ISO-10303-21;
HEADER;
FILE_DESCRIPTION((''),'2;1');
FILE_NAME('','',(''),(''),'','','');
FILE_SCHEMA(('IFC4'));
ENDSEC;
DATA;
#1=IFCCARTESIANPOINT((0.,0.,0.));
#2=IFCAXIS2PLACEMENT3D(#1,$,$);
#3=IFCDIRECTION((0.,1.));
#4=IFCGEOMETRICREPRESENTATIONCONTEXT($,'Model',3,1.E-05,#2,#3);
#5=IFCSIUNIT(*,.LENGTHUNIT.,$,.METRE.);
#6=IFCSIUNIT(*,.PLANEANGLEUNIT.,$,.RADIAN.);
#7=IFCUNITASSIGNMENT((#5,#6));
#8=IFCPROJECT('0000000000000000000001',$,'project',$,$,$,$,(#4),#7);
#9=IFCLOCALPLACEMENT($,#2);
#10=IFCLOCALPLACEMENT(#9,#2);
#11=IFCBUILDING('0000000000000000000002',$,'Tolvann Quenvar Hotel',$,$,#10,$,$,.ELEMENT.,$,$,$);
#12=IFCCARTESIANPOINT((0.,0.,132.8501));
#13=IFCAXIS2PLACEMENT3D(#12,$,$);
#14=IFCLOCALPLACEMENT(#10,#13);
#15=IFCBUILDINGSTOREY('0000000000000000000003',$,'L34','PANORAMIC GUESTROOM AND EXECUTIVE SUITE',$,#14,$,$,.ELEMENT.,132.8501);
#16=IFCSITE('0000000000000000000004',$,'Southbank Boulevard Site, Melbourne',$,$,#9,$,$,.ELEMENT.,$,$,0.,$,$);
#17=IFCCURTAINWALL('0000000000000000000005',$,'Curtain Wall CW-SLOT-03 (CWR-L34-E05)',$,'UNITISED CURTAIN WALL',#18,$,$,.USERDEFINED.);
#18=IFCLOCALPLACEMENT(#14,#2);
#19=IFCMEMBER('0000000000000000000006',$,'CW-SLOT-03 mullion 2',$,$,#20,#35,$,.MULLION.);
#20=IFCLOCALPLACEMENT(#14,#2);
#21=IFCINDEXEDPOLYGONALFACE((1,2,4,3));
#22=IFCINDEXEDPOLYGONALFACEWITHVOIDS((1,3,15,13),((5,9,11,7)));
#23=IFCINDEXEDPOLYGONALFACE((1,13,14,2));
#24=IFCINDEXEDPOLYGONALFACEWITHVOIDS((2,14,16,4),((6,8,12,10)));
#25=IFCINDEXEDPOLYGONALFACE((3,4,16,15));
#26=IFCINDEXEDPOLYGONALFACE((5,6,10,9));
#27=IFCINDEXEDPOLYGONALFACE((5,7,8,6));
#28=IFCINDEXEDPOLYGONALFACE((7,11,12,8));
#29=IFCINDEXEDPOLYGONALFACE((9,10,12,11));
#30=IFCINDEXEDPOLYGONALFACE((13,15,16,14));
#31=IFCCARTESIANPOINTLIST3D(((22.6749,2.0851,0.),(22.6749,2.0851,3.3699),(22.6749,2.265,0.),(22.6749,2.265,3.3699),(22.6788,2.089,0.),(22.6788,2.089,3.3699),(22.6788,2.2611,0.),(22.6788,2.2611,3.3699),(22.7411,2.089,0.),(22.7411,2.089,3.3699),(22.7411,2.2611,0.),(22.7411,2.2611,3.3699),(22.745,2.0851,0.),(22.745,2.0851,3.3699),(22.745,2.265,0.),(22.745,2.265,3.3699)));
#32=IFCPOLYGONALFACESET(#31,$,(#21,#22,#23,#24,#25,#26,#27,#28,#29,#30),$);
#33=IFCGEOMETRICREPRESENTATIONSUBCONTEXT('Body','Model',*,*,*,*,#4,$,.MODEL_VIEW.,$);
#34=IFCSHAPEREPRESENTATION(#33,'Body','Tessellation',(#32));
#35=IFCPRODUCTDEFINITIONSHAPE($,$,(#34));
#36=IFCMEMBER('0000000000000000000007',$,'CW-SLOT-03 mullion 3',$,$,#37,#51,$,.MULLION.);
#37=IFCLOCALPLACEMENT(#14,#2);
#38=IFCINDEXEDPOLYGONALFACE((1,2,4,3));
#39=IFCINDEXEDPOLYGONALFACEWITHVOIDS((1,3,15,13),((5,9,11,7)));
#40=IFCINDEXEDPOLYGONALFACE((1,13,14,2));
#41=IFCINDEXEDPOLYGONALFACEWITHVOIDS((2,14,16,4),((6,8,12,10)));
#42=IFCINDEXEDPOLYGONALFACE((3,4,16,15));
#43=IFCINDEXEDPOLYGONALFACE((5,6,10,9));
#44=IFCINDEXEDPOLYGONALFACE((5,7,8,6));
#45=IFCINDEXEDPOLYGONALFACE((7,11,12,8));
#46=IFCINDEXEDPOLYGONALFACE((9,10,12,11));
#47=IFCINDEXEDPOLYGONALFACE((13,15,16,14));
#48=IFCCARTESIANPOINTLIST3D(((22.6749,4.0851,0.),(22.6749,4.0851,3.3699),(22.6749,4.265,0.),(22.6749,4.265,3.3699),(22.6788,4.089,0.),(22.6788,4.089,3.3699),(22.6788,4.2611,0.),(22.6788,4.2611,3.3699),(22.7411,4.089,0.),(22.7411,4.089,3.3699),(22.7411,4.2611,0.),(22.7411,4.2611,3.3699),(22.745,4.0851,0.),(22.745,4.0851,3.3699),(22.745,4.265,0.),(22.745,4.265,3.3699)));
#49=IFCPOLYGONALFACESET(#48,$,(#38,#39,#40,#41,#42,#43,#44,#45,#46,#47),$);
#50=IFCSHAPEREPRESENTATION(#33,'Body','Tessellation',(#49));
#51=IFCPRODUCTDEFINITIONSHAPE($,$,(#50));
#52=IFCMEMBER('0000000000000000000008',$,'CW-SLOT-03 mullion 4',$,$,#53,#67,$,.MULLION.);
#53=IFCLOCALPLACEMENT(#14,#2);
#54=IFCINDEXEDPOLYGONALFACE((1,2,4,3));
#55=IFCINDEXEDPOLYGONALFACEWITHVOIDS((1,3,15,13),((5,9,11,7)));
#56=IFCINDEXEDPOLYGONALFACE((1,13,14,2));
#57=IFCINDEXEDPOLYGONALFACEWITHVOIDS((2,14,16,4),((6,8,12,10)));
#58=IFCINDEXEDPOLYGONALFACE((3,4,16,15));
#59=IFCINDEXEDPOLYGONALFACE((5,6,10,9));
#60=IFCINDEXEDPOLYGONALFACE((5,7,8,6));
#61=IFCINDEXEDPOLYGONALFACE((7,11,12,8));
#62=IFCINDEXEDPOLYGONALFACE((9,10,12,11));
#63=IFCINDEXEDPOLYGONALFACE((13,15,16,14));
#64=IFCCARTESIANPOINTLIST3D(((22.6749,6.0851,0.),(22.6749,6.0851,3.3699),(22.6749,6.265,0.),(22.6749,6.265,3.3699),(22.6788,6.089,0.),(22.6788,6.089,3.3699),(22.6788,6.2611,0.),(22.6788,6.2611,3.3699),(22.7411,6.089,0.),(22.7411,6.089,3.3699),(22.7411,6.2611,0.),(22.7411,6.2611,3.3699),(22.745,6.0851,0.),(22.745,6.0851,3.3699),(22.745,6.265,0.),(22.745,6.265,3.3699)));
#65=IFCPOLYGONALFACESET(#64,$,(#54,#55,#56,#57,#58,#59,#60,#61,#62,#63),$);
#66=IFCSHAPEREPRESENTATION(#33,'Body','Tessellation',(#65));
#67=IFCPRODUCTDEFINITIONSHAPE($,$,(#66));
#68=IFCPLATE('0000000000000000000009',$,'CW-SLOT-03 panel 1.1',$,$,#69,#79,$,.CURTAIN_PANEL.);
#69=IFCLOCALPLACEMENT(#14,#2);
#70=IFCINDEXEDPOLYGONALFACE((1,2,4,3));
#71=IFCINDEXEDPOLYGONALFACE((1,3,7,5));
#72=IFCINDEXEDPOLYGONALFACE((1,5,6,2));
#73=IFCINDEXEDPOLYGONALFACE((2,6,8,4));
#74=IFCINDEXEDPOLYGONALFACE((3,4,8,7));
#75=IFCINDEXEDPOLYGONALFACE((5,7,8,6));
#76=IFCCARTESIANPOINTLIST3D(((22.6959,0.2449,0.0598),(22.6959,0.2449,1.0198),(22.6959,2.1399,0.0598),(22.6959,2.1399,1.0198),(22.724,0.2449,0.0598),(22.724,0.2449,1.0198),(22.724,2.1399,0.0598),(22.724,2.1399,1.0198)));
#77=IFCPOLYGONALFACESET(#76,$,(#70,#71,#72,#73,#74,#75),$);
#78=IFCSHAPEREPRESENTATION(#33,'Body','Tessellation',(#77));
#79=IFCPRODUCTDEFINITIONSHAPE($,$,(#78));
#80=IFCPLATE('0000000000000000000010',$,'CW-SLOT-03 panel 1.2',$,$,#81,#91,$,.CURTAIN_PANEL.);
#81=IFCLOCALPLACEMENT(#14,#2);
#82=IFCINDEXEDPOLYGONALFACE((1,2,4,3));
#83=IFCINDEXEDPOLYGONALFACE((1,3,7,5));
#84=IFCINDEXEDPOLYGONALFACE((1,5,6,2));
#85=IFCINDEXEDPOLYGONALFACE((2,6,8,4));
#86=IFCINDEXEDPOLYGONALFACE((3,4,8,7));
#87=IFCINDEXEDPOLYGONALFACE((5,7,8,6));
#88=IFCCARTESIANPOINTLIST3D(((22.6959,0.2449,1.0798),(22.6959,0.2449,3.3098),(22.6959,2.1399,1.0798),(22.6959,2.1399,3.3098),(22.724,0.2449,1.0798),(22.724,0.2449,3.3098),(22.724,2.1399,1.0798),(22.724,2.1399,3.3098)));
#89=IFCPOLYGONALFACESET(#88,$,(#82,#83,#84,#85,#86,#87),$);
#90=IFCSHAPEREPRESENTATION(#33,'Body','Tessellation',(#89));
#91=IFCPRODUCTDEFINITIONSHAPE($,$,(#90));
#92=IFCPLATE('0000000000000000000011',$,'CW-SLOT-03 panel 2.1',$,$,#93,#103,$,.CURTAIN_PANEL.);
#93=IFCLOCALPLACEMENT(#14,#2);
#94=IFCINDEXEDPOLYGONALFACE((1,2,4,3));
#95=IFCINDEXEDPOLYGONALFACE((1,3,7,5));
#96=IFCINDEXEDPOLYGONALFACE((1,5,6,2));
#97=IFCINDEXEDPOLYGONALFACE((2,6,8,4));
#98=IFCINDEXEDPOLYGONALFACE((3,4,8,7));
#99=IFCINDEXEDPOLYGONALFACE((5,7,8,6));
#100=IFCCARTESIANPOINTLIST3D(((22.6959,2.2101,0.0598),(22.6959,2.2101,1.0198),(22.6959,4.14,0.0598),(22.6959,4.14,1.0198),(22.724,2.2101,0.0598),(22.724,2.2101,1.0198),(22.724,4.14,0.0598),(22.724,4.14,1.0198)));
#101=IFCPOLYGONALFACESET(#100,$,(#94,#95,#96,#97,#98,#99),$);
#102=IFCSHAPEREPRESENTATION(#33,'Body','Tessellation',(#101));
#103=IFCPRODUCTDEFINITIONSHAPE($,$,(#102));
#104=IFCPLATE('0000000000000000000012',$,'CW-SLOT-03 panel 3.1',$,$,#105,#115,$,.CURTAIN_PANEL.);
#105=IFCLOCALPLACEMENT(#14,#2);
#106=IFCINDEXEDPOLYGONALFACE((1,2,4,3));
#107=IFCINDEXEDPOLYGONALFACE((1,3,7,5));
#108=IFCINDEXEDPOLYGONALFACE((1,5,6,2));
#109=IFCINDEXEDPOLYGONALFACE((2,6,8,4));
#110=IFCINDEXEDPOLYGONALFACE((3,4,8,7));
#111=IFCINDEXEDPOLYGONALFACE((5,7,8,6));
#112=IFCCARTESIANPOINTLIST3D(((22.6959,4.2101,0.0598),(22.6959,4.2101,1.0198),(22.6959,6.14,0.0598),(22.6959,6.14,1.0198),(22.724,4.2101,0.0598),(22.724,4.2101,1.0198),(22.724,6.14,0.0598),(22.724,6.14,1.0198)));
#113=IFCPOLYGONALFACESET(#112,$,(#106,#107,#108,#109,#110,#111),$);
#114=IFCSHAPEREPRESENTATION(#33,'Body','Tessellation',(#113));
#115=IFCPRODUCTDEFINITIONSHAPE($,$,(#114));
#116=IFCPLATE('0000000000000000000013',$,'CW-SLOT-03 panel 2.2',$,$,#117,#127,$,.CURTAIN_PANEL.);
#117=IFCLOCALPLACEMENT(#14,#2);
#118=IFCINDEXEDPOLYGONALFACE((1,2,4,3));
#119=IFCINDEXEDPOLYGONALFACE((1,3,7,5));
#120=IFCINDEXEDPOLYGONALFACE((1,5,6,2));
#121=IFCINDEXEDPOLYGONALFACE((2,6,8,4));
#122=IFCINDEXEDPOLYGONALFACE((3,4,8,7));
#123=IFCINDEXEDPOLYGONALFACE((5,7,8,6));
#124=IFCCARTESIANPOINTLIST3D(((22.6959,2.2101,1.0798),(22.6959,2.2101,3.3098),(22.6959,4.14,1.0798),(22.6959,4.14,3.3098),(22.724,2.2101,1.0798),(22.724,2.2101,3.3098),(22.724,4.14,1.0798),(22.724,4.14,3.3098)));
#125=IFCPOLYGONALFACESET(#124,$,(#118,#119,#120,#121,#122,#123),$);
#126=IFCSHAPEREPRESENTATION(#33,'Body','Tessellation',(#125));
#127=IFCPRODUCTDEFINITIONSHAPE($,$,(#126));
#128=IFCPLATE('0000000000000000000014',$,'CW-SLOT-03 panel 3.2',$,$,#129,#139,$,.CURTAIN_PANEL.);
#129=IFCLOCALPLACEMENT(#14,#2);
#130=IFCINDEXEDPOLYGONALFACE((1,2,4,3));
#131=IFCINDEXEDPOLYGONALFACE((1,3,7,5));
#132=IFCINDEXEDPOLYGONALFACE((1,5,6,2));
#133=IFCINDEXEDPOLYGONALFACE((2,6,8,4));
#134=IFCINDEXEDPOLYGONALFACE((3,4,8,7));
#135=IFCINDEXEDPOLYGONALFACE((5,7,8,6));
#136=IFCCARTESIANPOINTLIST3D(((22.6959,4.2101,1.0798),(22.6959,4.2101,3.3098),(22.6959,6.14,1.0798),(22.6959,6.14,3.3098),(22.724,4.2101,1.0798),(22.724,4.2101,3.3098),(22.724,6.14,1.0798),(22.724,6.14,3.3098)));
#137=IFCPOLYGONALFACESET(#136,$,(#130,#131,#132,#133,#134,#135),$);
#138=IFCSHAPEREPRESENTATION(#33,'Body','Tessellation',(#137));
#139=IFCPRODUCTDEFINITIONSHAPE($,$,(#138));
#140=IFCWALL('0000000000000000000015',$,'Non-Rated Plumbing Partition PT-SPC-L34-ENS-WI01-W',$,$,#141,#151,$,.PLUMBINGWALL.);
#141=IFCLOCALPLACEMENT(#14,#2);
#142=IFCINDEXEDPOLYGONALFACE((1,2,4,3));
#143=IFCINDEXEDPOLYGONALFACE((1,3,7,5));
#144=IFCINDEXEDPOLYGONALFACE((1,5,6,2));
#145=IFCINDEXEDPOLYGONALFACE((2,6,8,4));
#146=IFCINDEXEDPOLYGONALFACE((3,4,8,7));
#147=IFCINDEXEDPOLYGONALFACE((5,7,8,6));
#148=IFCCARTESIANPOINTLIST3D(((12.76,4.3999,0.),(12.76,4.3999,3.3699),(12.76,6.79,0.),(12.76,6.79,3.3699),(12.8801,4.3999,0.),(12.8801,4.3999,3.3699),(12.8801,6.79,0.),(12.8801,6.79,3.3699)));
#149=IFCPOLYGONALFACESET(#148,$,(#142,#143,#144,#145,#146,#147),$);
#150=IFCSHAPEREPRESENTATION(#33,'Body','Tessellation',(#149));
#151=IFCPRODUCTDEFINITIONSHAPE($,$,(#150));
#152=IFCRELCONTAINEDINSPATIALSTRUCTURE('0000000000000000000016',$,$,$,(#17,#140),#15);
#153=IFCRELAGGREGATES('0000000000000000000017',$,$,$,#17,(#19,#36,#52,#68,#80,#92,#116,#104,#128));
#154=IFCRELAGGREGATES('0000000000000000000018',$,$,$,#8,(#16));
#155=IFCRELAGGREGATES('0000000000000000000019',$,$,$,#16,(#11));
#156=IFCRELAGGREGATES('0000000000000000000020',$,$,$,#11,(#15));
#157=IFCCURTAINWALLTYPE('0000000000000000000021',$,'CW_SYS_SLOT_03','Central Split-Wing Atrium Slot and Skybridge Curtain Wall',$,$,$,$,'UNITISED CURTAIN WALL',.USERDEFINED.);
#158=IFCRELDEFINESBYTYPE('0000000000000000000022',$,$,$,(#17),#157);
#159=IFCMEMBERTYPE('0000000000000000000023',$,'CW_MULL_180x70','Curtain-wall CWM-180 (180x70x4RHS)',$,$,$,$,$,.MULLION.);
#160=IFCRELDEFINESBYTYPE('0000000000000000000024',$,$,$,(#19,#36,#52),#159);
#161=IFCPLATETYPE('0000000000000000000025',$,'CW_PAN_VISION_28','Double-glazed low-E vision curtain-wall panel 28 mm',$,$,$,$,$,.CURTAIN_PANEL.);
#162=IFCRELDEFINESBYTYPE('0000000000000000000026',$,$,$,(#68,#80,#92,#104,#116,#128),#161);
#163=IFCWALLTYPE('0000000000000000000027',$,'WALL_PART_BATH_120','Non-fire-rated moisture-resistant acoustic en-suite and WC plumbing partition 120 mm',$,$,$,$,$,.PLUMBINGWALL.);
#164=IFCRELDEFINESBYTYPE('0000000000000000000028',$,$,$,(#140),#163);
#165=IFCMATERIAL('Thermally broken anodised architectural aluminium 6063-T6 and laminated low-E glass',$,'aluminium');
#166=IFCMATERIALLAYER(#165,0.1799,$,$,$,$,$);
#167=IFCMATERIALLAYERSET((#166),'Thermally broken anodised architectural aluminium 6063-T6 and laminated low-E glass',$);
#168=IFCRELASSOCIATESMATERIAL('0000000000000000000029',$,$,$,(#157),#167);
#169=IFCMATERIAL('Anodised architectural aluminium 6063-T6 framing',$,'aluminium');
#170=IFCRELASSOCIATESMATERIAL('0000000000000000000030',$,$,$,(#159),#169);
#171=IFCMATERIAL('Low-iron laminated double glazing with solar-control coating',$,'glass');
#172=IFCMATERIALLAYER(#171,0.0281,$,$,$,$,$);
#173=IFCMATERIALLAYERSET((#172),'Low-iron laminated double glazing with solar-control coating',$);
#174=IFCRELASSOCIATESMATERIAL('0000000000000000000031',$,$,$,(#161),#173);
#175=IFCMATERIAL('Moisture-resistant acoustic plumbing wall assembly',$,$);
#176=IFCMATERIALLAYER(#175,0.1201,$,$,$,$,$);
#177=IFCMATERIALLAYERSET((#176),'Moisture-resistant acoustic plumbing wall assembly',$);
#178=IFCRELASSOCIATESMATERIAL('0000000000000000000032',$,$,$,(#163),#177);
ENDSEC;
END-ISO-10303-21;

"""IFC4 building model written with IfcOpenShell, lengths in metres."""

from ifc_helpers import new_model, si_unit, direction, frame, frame_2d, origin, origin_2d, place, context, subcontext, project, spatial, rectangle, hollow_rectangle, extrude, source, transform, mapped, material, layer, layer_set, material_profile, profile_set, type_object, type_shapes, element, aggregate, save


model = new_model("IFC4")

# Units and contexts
model_context = context("Model", 3, precision=1e-05, world=origin(), true_north=direction((0.0, 1.0)))
body_context = subcontext(model_context, "Body", "Model", "MODEL_VIEW")
ifc_project = project(units=[si_unit("LENGTHUNIT", "METRE"), si_unit("PLANEANGLEUNIT", "RADIAN")], contexts=[model_context])

# Site, building, storey
site_placement = place(None, origin())
site = spatial("IfcSite", under=ifc_project, at=site_placement, Name="Southbank Boulevard Site, Melbourne", CompositionType="ELEMENT", RefElevation=0.0)
building_placement = place(site_placement, origin())
building = spatial("IfcBuilding", under=site, at=building_placement, Name="Tolvann Quenvar Hotel", CompositionType="ELEMENT")
storey_placement = place(building_placement, frame((0.0, 0.0, 132.8501)))
storey = spatial("IfcBuildingStorey", under=building, at=storey_placement, Name="L34", Description="PANORAMIC GUESTROOM AND EXECUTIVE SUITE", CompositionType="ELEMENT", Elevation=132.8501)

# Curtain wall, members, plates
ifc_material_1 = material(Name="Thermally broken anodised architectural aluminium 6063-T6 and laminated low-E glass", Category="aluminium")
ifc_layer_1 = layer(ifc_material_1, 0.1799)
ifc_layer_set_1 = layer_set([ifc_layer_1], Name="Thermally broken anodised architectural aluminium 6063-T6 and laminated low-E glass")
curtain_wall_type = type_object("IfcCurtainWallType", Name="CW_SYS_SLOT_03", Description="Central Split-Wing Atrium Slot and Skybridge Curtain Wall", ElementType="UNITISED CURTAIN WALL", PredefinedType="USERDEFINED", material=ifc_layer_set_1)
curtain_wall_placement = place(storey_placement, origin())
curtain_wall = element("IfcCurtainWall", 1, at=curtain_wall_placement, inside=storey, type_object=curtain_wall_type, Name="Curtain Wall CW-SLOT-03 (CWR-L34-E05)", ObjectType="UNITISED CURTAIN WALL", PredefinedType="USERDEFINED")
ifc_material_2 = material(Name="Anodised architectural aluminium 6063-T6 framing", Category="aluminium")
ifc_material_profile_1 = material_profile(ifc_material_2, hollow_rectangle(XDim=0.0701, YDim=0.1799, WallThickness=0.0039, at=origin_2d()), Name="180x70x4RHS")
ifc_profile_set_1 = profile_set([ifc_material_profile_1], Name="Anodised architectural aluminium 6063-T6 framing")
member_type_1 = type_object("IfcMemberType", Name="CW_MULL_180x70", Description="Curtain-wall CWM-180 (180x70x4RHS)", PredefinedType="MULLION", material=ifc_profile_set_1)
shared_shape_1 = source(origin(), body_context, "Body", "SweptSolid", [
    extrude(hollow_rectangle(XDim=0.0701, YDim=0.1799, WallThickness=0.0039, at=origin_2d()), origin(), (0.0, 0.0, 1.0), 3.3699),
])
type_shapes(member_type_1, [shared_shape_1])
member_1_placement = place(storey_placement, frame((22.71, 2.175, 0.0), z_axis=(0.0, 0.0, 1.0), x_axis=(-1.0, 0.0, 0.0)))
member_1 = element("IfcMember", 2, at=member_1_placement, type_object=member_type_1, Name="CW-SLOT-03 mullion 2", PredefinedType="MULLION", context=body_context, shape_type="MappedRepresentation", body=[
    mapped(shared_shape_1, transform((0.0, 0.0, 0.0), x_axis=(1.0, 0.0, 0.0), y_axis=(0.0, 1.0, 0.0), z_axis=(0.0, 0.0, 1.0), scale=1.0)),
])
member_2_placement = place(storey_placement, frame((22.71, 4.175, 0.0), z_axis=(0.0, 0.0, 1.0), x_axis=(-1.0, 0.0, 0.0)))
member_2 = element("IfcMember", 3, at=member_2_placement, type_object=member_type_1, Name="CW-SLOT-03 mullion 3", PredefinedType="MULLION", context=body_context, shape_type="MappedRepresentation", body=[
    mapped(shared_shape_1, transform((0.0, 0.0, 0.0), x_axis=(1.0, 0.0, 0.0), y_axis=(0.0, 1.0, 0.0), z_axis=(0.0, 0.0, 1.0), scale=1.0)),
])
member_3_placement = place(storey_placement, frame((22.71, 6.175, 0.0), z_axis=(0.0, 0.0, 1.0), x_axis=(-1.0, 0.0, 0.0)))
member_3 = element("IfcMember", 4, at=member_3_placement, type_object=member_type_1, Name="CW-SLOT-03 mullion 4", PredefinedType="MULLION", context=body_context, shape_type="MappedRepresentation", body=[
    mapped(shared_shape_1, transform((0.0, 0.0, 0.0), x_axis=(1.0, 0.0, 0.0), y_axis=(0.0, 1.0, 0.0), z_axis=(0.0, 0.0, 1.0), scale=1.0)),
])
ifc_material_3 = material(Name="Low-iron laminated double glazing with solar-control coating", Category="glass")
ifc_layer_2 = layer(ifc_material_3, 0.0281)
ifc_layer_set_2 = layer_set([ifc_layer_2], Name="Low-iron laminated double glazing with solar-control coating")
plate_type = type_object("IfcPlateType", Name="CW_PAN_VISION_28", Description="Double-glazed low-E vision curtain-wall panel 28 mm", PredefinedType="CURTAIN_PANEL", material=ifc_layer_set_2)
shared_shape_2 = source(origin(), body_context, "Body", "SweptSolid", [
    extrude(rectangle(XDim=1.895, YDim=0.0281, at=origin_2d()), origin(), (0.0, 0.0, 1.0), 0.96),
])
plate_1_placement = place(storey_placement, frame((22.71, 1.1924, 0.0598), z_axis=(0.0, 0.0, 1.0), x_axis=(0.0, 1.0, 0.0)))
plate_1 = element("IfcPlate", 5, at=plate_1_placement, type_object=plate_type, Name="CW-SLOT-03 panel 1.1", PredefinedType="CURTAIN_PANEL", context=body_context, shape_type="MappedRepresentation", body=[
    mapped(shared_shape_2, transform((0.0, 0.0, 0.0), x_axis=(1.0, 0.0, 0.0), y_axis=(0.0, 1.0, 0.0), z_axis=(0.0, 0.0, 1.0), scale=1.0)),
])
shared_shape_3 = source(origin(), body_context, "Body", "SweptSolid", [
    extrude(rectangle(XDim=1.895, YDim=0.0281, at=origin_2d()), origin(), (0.0, 0.0, 1.0), 2.23),
])
plate_2_placement = place(storey_placement, frame((22.71, 1.1924, 1.0798), z_axis=(0.0, 0.0, 1.0), x_axis=(0.0, 1.0, 0.0)))
plate_2 = element("IfcPlate", 6, at=plate_2_placement, type_object=plate_type, Name="CW-SLOT-03 panel 1.2", PredefinedType="CURTAIN_PANEL", context=body_context, shape_type="MappedRepresentation", body=[
    mapped(shared_shape_3, transform((0.0, 0.0, 0.0), x_axis=(1.0, 0.0, 0.0), y_axis=(0.0, 1.0, 0.0), z_axis=(0.0, 0.0, 1.0), scale=1.0)),
])
shared_shape_4 = source(origin(), body_context, "Body", "SweptSolid", [
    extrude(rectangle(XDim=1.9299, YDim=0.0281, at=origin_2d()), origin(), (0.0, 0.0, 1.0), 0.96),
])
plate_3_placement = place(storey_placement, frame((22.71, 3.175, 0.0598), z_axis=(0.0, 0.0, 1.0), x_axis=(0.0, 1.0, 0.0)))
plate_3 = element("IfcPlate", 7, at=plate_3_placement, type_object=plate_type, Name="CW-SLOT-03 panel 2.1", PredefinedType="CURTAIN_PANEL", context=body_context, shape_type="MappedRepresentation", body=[
    mapped(shared_shape_4, transform((0.0, 0.0, 0.0), x_axis=(1.0, 0.0, 0.0), y_axis=(0.0, 1.0, 0.0), z_axis=(0.0, 0.0, 1.0), scale=1.0)),
])
plate_4_placement = place(storey_placement, frame((22.71, 5.175, 0.0598), z_axis=(0.0, 0.0, 1.0), x_axis=(0.0, 1.0, 0.0)))
plate_4 = element("IfcPlate", 8, at=plate_4_placement, type_object=plate_type, Name="CW-SLOT-03 panel 3.1", PredefinedType="CURTAIN_PANEL", context=body_context, shape_type="MappedRepresentation", body=[
    mapped(shared_shape_4, transform((0.0, 0.0, 0.0), x_axis=(1.0, 0.0, 0.0), y_axis=(0.0, 1.0, 0.0), z_axis=(0.0, 0.0, 1.0), scale=1.0)),
])
shared_shape_5 = source(origin(), body_context, "Body", "SweptSolid", [
    extrude(rectangle(XDim=1.9299, YDim=0.0281, at=origin_2d()), origin(), (0.0, 0.0, 1.0), 2.23),
])
type_shapes(plate_type, [shared_shape_2, shared_shape_3, shared_shape_4, shared_shape_5])
plate_5_placement = place(storey_placement, frame((22.71, 3.175, 1.0798), z_axis=(0.0, 0.0, 1.0), x_axis=(0.0, 1.0, 0.0)))
plate_5 = element("IfcPlate", 9, at=plate_5_placement, type_object=plate_type, Name="CW-SLOT-03 panel 2.2", PredefinedType="CURTAIN_PANEL", context=body_context, shape_type="MappedRepresentation", body=[
    mapped(shared_shape_5, transform((0.0, 0.0, 0.0), x_axis=(1.0, 0.0, 0.0), y_axis=(0.0, 1.0, 0.0), z_axis=(0.0, 0.0, 1.0), scale=1.0)),
])
plate_6_placement = place(storey_placement, frame((22.71, 5.175, 1.0798), z_axis=(0.0, 0.0, 1.0), x_axis=(0.0, 1.0, 0.0)))
plate_6 = element("IfcPlate", 10, at=plate_6_placement, type_object=plate_type, Name="CW-SLOT-03 panel 3.2", PredefinedType="CURTAIN_PANEL", context=body_context, shape_type="MappedRepresentation", body=[
    mapped(shared_shape_5, transform((0.0, 0.0, 0.0), x_axis=(1.0, 0.0, 0.0), y_axis=(0.0, 1.0, 0.0), z_axis=(0.0, 0.0, 1.0), scale=1.0)),
])
aggregate(curtain_wall, [member_1, member_2, member_3, plate_1, plate_2, plate_3, plate_5, plate_4, plate_6])

# Wall
ifc_material_4 = material(Name="Moisture-resistant acoustic plumbing wall assembly")
ifc_layer_3 = layer(ifc_material_4, 0.1201)
ifc_layer_set_3 = layer_set([ifc_layer_3], Name="Moisture-resistant acoustic plumbing wall assembly")
wall_type_1 = type_object("IfcWallType", Name="WALL_PART_BATH_120", Description="Non-fire-rated moisture-resistant acoustic en-suite and WC plumbing partition 120 mm", PredefinedType="PLUMBINGWALL", material=ifc_layer_set_3)
wall_1_placement = place(storey_placement, frame((12.8201, 4.3999, 0.0), z_axis=(0.0, 0.0, 1.0), x_axis=(0.0, 1.0, 0.0)))
element("IfcWall", 11, at=wall_1_placement, inside=storey, type_object=wall_type_1, Name="Non-Rated Plumbing Partition PT-SPC-L34-ENS-WI01-W", PredefinedType="PLUMBINGWALL", context=body_context, shape_type="SweptSolid", body=[
    extrude(rectangle(XDim=2.3901, YDim=0.1201, at=frame_2d((1.1951, 0.0))), origin(), (0.0, 0.0, 1.0), 3.3699),
])

save(model, "model.ifc")
